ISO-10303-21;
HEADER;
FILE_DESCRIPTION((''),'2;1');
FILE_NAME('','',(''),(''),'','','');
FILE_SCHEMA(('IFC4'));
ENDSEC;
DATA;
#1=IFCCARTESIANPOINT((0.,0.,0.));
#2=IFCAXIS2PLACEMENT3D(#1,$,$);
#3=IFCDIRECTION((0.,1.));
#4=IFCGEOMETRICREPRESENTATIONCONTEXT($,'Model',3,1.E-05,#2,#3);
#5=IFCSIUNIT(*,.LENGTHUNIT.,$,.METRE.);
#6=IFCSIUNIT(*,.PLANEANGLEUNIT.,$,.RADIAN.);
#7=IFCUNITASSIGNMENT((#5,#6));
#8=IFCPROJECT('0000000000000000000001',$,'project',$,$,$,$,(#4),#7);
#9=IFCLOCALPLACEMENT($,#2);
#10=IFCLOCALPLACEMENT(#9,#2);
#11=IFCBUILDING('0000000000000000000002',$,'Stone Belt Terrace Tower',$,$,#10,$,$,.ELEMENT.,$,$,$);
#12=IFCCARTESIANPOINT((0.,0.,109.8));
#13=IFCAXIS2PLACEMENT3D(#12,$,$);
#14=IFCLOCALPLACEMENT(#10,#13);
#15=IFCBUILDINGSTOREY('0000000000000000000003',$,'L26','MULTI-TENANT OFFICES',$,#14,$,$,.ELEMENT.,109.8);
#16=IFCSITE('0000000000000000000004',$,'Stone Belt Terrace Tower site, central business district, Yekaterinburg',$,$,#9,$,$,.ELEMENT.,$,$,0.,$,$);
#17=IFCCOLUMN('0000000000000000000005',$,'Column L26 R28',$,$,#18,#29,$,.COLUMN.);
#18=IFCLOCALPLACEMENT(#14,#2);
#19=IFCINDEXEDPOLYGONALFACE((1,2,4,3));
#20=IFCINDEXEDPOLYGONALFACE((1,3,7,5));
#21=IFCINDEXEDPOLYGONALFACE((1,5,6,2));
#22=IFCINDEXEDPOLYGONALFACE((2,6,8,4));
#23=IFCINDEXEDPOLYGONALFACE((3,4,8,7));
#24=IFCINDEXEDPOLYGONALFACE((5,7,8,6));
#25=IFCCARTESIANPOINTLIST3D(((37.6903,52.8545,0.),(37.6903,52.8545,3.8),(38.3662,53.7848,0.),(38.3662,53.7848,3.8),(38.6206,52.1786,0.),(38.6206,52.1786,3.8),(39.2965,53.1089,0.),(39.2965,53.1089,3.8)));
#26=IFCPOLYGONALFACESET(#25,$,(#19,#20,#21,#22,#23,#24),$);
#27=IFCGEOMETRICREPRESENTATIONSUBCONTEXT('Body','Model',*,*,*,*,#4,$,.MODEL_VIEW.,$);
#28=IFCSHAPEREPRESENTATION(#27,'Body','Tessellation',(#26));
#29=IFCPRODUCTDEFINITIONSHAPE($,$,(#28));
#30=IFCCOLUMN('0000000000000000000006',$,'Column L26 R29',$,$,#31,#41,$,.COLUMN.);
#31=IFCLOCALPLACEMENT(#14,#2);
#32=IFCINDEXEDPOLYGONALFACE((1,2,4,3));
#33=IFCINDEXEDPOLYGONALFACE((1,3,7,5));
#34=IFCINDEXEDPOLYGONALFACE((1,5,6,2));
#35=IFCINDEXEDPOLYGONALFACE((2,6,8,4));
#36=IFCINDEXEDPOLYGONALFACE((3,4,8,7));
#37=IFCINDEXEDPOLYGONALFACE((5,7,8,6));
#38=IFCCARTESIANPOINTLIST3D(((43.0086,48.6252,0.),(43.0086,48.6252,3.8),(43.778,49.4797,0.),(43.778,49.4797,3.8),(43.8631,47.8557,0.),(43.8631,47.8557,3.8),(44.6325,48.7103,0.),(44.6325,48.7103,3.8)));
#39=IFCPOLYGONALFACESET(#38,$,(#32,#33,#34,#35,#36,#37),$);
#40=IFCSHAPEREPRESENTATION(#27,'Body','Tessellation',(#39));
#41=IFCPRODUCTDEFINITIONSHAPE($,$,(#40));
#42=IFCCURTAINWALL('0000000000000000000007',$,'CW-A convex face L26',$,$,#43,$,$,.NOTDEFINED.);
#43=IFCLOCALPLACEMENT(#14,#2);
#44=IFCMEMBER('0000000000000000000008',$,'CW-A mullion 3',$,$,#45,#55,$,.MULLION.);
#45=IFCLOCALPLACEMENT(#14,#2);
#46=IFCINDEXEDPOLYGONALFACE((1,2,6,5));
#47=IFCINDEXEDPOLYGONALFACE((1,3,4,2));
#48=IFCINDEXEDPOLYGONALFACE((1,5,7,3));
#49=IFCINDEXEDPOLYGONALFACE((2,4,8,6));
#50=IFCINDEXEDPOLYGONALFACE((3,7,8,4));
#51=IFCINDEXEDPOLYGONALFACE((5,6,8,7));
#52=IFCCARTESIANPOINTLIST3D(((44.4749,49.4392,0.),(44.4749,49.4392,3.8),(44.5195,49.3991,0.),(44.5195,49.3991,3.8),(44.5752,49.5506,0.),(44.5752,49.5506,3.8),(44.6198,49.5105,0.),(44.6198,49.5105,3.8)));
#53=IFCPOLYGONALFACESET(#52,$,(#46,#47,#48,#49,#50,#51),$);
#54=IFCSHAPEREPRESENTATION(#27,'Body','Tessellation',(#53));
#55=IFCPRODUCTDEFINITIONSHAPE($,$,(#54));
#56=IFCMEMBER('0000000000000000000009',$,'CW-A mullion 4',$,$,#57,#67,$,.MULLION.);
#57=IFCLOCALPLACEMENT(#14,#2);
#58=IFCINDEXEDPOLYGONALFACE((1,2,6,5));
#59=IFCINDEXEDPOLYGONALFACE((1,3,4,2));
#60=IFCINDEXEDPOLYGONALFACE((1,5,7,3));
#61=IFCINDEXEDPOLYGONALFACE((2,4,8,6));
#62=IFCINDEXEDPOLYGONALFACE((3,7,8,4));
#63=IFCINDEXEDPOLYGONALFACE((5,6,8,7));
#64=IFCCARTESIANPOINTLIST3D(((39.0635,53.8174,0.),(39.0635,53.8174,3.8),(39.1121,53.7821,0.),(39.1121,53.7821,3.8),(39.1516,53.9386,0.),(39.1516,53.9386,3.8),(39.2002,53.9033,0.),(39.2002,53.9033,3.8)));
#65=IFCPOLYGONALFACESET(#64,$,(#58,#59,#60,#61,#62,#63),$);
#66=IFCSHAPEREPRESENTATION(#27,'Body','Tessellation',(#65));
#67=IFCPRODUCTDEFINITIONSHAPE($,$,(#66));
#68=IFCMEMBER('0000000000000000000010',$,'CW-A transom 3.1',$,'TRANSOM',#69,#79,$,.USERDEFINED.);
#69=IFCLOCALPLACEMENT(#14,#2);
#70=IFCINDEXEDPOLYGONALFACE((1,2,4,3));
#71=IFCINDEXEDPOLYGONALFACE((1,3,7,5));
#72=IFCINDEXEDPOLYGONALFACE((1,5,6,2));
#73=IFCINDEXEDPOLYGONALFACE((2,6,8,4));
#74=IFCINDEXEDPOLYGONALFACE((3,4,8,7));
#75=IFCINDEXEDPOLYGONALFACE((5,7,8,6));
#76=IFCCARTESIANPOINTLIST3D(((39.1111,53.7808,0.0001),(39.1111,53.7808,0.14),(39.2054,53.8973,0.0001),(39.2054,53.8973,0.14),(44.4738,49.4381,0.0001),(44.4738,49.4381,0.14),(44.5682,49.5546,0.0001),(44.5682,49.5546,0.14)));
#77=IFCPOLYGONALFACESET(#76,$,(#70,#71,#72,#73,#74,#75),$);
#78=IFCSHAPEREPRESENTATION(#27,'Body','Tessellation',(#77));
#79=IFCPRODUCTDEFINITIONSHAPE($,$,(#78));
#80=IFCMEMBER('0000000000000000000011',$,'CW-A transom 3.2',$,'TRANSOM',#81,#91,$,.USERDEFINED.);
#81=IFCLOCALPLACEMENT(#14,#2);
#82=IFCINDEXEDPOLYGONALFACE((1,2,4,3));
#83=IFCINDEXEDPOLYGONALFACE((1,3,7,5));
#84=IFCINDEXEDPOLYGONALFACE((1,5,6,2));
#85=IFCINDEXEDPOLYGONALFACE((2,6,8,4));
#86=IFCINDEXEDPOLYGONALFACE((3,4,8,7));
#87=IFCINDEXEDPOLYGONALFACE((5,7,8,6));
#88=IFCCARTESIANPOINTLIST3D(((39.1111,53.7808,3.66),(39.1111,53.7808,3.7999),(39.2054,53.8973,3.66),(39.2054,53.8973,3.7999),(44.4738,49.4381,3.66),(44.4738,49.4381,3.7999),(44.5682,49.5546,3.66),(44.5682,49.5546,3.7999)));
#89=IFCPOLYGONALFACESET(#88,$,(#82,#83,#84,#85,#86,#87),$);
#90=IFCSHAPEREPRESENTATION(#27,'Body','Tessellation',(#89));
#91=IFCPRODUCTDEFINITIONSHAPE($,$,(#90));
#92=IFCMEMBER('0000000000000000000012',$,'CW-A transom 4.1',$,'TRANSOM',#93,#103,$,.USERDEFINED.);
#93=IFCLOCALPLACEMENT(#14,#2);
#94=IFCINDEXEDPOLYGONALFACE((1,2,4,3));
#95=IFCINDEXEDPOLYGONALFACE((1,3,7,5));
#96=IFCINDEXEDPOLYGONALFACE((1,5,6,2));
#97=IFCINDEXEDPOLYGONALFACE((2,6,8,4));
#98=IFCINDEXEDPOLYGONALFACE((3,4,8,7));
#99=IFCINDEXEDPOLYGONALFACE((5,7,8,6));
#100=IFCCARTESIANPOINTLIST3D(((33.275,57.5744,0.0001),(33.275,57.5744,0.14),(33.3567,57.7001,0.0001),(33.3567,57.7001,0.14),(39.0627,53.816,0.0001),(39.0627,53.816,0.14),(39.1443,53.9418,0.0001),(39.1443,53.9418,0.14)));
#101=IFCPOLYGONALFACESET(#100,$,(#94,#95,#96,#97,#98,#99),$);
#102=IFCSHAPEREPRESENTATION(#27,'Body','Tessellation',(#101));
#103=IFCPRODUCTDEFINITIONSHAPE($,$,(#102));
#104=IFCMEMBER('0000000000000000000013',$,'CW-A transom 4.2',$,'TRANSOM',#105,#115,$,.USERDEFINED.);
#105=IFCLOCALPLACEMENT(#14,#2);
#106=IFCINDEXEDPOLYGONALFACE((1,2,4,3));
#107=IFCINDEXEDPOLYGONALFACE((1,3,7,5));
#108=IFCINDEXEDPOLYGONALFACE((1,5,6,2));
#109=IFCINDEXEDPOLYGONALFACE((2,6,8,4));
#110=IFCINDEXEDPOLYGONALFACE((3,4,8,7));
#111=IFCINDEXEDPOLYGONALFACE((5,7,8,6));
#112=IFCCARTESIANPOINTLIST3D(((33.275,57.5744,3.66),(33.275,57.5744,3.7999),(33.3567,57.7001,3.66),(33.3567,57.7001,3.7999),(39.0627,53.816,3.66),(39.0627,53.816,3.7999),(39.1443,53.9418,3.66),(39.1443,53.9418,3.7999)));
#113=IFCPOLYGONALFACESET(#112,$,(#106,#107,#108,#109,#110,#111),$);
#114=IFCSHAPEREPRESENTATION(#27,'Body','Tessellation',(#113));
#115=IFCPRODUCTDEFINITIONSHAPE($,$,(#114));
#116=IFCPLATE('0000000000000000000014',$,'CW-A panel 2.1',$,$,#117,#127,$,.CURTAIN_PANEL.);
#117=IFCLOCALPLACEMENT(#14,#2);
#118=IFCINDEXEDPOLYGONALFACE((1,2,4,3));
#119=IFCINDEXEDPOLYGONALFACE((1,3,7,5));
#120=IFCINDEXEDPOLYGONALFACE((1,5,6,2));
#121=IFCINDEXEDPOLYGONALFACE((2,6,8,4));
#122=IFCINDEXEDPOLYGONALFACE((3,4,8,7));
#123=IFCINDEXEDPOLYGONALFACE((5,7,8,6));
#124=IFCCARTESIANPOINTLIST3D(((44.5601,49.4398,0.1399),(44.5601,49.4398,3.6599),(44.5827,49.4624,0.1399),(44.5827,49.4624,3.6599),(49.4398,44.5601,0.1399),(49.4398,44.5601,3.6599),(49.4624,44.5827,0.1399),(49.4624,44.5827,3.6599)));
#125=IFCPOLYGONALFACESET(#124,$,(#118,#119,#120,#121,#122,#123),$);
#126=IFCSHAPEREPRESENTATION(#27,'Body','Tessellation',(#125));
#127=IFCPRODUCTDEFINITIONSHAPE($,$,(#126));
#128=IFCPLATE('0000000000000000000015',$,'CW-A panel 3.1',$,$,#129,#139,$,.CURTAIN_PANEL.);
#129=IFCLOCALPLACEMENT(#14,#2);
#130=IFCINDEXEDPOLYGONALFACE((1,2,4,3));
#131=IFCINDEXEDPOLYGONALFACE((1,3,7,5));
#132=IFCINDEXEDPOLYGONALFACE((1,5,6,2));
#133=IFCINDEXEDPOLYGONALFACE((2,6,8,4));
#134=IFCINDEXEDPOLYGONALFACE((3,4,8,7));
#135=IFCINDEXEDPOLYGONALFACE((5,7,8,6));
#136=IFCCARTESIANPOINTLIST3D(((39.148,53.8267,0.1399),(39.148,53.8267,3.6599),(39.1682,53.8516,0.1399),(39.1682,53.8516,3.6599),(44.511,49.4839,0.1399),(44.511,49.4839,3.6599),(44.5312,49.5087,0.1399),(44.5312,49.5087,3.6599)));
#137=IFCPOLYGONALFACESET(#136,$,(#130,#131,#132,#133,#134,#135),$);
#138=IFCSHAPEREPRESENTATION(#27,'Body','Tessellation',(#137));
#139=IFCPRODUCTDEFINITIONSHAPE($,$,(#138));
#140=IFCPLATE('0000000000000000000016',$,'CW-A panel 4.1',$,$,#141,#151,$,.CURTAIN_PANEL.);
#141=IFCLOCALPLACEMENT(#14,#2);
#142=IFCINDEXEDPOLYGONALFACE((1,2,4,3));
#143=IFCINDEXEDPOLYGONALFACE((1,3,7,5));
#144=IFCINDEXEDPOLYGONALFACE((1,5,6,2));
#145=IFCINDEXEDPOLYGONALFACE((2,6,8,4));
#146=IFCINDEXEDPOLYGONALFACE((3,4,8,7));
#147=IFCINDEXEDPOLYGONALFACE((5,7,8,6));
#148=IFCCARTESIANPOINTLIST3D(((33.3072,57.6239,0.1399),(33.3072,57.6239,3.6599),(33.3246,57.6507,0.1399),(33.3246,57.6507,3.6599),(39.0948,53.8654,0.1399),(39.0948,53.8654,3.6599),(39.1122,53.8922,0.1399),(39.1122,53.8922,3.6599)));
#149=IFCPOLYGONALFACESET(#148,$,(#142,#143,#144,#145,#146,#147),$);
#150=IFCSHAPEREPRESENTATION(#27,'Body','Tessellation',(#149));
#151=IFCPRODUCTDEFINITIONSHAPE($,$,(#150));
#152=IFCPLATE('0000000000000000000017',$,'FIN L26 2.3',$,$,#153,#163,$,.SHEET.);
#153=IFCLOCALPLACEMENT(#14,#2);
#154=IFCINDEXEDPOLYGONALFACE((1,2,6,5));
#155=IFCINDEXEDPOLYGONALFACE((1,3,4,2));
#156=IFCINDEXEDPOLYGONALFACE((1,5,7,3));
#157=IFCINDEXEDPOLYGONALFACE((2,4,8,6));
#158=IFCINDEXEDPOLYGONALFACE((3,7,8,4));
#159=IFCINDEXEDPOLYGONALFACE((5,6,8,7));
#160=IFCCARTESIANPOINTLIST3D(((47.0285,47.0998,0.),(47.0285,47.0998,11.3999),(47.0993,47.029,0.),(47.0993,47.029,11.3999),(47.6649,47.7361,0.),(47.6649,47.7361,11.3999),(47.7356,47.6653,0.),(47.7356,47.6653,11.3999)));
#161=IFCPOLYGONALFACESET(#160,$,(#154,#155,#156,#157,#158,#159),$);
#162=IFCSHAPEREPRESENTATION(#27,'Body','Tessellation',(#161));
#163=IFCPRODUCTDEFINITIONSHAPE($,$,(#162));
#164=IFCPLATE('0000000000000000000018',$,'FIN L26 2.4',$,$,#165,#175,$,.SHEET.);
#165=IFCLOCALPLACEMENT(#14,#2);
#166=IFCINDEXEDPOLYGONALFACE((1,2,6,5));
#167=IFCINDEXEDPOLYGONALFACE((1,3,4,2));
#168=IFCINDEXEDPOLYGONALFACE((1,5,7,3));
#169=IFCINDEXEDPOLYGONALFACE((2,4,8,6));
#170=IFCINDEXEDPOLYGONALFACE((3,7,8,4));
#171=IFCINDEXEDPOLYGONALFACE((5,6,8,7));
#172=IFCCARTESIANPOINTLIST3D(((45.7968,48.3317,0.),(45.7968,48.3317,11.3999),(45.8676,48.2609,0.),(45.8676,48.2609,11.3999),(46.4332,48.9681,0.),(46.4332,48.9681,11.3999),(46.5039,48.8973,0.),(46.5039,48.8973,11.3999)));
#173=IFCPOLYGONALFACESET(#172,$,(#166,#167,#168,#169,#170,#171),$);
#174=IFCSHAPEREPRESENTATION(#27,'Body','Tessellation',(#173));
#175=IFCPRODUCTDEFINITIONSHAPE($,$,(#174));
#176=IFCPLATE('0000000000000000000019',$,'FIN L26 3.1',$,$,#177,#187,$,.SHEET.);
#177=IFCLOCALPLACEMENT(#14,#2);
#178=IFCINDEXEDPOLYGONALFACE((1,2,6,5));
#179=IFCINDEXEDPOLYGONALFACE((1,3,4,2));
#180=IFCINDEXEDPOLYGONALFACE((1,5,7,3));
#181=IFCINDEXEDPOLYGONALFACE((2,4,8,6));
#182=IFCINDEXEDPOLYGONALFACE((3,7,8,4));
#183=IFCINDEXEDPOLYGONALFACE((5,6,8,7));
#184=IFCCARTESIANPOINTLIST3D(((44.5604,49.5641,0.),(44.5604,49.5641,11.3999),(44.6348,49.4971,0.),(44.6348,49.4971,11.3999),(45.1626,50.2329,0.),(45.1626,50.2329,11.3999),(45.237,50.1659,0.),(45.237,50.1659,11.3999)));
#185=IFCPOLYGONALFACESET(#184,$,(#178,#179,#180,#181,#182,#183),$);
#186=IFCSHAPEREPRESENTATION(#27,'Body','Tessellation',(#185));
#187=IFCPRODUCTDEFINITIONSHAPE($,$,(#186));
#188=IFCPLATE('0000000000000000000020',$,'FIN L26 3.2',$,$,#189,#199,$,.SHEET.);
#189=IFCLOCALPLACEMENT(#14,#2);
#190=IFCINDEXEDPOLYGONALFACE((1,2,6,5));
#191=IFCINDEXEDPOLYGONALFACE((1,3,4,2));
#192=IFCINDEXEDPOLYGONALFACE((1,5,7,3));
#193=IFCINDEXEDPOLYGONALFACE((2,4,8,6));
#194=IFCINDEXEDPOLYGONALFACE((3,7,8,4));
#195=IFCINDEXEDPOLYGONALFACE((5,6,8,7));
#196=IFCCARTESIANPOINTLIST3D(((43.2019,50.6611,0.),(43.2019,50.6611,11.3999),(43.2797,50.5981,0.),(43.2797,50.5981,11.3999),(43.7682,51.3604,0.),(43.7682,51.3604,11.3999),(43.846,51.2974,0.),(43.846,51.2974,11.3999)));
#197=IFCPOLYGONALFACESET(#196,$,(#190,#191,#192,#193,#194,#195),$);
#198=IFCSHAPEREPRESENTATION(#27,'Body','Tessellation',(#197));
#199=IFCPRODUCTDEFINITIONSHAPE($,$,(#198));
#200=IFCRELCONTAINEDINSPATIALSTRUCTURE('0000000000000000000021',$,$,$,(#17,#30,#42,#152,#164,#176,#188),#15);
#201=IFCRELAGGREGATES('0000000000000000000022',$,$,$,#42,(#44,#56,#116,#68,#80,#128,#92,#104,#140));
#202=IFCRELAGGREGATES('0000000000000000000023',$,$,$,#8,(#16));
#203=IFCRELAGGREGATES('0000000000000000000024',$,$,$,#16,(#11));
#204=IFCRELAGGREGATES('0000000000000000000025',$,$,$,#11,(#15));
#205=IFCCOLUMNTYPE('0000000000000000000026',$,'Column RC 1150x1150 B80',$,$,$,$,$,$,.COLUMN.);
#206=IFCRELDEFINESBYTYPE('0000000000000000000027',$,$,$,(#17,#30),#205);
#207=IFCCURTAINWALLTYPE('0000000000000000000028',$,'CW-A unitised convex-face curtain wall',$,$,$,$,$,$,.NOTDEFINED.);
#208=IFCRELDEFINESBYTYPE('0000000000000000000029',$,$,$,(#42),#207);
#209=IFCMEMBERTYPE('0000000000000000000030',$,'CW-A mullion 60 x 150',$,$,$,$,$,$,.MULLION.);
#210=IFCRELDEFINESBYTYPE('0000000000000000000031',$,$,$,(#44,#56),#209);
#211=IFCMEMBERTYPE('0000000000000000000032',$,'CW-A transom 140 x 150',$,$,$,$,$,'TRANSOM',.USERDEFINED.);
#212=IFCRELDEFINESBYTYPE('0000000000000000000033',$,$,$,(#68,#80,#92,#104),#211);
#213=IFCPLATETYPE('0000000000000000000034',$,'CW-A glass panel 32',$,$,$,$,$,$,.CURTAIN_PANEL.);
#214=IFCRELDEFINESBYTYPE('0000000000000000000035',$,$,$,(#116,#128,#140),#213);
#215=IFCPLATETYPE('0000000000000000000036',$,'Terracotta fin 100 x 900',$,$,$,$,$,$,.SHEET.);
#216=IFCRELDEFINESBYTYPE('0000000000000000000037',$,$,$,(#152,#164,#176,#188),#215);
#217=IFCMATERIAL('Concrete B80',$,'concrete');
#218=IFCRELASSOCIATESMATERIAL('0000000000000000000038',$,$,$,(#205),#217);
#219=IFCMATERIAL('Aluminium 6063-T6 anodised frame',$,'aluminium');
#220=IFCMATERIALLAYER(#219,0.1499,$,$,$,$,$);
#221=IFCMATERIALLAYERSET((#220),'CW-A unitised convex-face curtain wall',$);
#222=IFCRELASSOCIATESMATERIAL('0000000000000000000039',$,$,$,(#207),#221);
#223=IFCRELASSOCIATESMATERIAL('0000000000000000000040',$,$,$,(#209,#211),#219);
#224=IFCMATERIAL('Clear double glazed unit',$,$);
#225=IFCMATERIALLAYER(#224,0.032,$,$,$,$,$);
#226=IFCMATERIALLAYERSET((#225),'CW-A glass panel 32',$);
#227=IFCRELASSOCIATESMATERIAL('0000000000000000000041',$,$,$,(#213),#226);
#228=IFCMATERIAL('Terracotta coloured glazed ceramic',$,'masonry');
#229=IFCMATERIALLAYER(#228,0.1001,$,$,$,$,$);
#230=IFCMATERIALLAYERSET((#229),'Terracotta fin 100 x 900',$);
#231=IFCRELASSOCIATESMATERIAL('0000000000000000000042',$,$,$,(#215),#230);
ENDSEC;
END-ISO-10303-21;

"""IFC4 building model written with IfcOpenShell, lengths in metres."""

from ifc_helpers import new_model, si_unit, direction, frame, origin, origin_2d, place, context, subcontext, project, spatial, rectangle, extrude, material, layer, layer_set, material_profile, profile_set, type_object, element, aggregate, save


model = new_model("IFC4")

# Units and contexts
model_context = context("Model", 3, precision=1e-05, world=origin(), true_north=direction((0.0, 1.0)))
body_context = subcontext(model_context, "Body", "Model", "MODEL_VIEW")
ifc_project = project(units=[si_unit("LENGTHUNIT", "METRE"), si_unit("PLANEANGLEUNIT", "RADIAN")], contexts=[model_context])

# Site, building, storey
site_placement = place(None, origin())
site = spatial("IfcSite", under=ifc_project, at=site_placement, Name="Stone Belt Terrace Tower site, central business district, Yekaterinburg", CompositionType="ELEMENT", RefElevation=0.0)
building_placement = place(site_placement, origin())
building = spatial("IfcBuilding", under=site, at=building_placement, Name="Stone Belt Terrace Tower", CompositionType="ELEMENT")
storey_placement = place(building_placement, frame((0.0, 0.0, 109.8)))
storey = spatial("IfcBuildingStorey", under=building, at=storey_placement, Name="L26", Description="MULTI-TENANT OFFICES", CompositionType="ELEMENT", Elevation=109.8)

# Columns
ifc_material_1 = material(Name="Concrete B80", Category="concrete")
ifc_material_profile_1 = material_profile(ifc_material_1, rectangle(XDim=1.1499, YDim=1.1499, at=origin_2d()), Name="RC 1150x1150")
ifc_profile_set_1 = profile_set([ifc_material_profile_1], Name="Concrete B80")
column_type = type_object("IfcColumnType", Name="Column RC 1150x1150 B80", PredefinedType="COLUMN", material=ifc_profile_set_1)
for number, where, z_axis, x_axis, name in (
    (1, (38.4934, 52.9817, 0.0), (0.0, 0.0, 1.0), (0.809017, -0.587785, 0.0), "Column L26 R28"),
    (2, (43.8206, 48.6677, 0.0), (0.0, 0.0, 1.0), (0.743145, -0.669131, 0.0), "Column L26 R29"),
):
    element("IfcColumn", number, at=place(storey_placement, frame(where, z_axis=z_axis, x_axis=x_axis)), inside=storey, type_object=column_type, Name=name, PredefinedType="COLUMN", context=body_context, shape_type="SweptSolid", body=[
        extrude(rectangle(XDim=1.1499, YDim=1.1499, at=origin_2d()), origin(), (0.0, 0.0, 1.0), 3.8),
    ])

# Curtain wall, members, plates
ifc_material_2 = material(Name="Aluminium 6063-T6 anodised frame", Category="aluminium")
ifc_layer_1 = layer(ifc_material_2, 0.1499)
ifc_layer_set_1 = layer_set([ifc_layer_1], Name="CW-A unitised convex-face curtain wall")
curtain_wall_type = type_object("IfcCurtainWallType", Name="CW-A unitised convex-face curtain wall", PredefinedType="NOTDEFINED", material=ifc_layer_set_1)
curtain_wall_placement = place(storey_placement, origin())
curtain_wall = element("IfcCurtainWall", 3, at=curtain_wall_placement, inside=storey, type_object=curtain_wall_type, Name="CW-A convex face L26", PredefinedType="NOTDEFINED")
ifc_material_profile_2 = material_profile(ifc_material_2, rectangle(XDim=0.1499, YDim=0.0601, at=origin_2d()), Name="Aluminium 6063-T6 60x150")
ifc_profile_set_2 = profile_set([ifc_material_profile_2], Name="Aluminium 6063-T6 anodised frame")
member_type_1 = type_object("IfcMemberType", Name="CW-A mullion 60 x 150", PredefinedType="MULLION", material=ifc_profile_set_2)
member_1_placement = place(storey_placement, frame((44.5474, 49.4749, 0.0), z_axis=(0.0, 0.0, 1.0), x_axis=(-0.669131, -0.743145, 0.0)))
member_1 = element("IfcMember", 4, at=member_1_placement, type_object=member_type_1, Name="CW-A mullion 3", PredefinedType="MULLION", context=body_context, shape_type="SweptSolid", body=[
    extrude(rectangle(XDim=0.1499, YDim=0.0601, at=origin_2d()), origin(), (0.0, 0.0, 1.0), 3.8),
])
member_2_placement = place(storey_placement, frame((39.1318, 53.8604, 0.0), z_axis=(0.0, 0.0, 1.0), x_axis=(-0.587785, -0.809017, 0.0)))
member_2 = element("IfcMember", 5, at=member_2_placement, type_object=member_type_1, Name="CW-A mullion 4", PredefinedType="MULLION", context=body_context, shape_type="SweptSolid", body=[
    extrude(rectangle(XDim=0.1499, YDim=0.0601, at=origin_2d()), origin(), (0.0, 0.0, 1.0), 3.8),
])
ifc_material_profile_3 = material_profile(ifc_material_2, rectangle(XDim=0.1499, YDim=0.1399, at=origin_2d()), Name="Aluminium 6063-T6 150x140")
ifc_profile_set_3 = profile_set([ifc_material_profile_3], Name="Aluminium 6063-T6 anodised frame")
member_type_2 = type_object("IfcMemberType", Name="CW-A transom 140 x 150", ElementType="TRANSOM", PredefinedType="USERDEFINED", material=ifc_profile_set_3)
member_3_placement = place(storey_placement, frame((44.521, 49.4963, 0.0701), z_axis=(-0.777141, 0.629326, 0.0), x_axis=(-0.629326, -0.777141, 0.0)))
member_3 = element("IfcMember", 6, at=member_3_placement, type_object=member_type_2, Name="CW-A transom 3.1", ObjectType="TRANSOM", PredefinedType="USERDEFINED", context=body_context, shape_type="SweptSolid", body=[
    extrude(rectangle(XDim=0.1499, YDim=0.1399, at=origin_2d()), origin(), (0.0, 0.0, 1.0), 6.9006),
])
member_4_placement = place(storey_placement, frame((44.521, 49.4963, 3.73), z_axis=(-0.777141, 0.629326, 0.0), x_axis=(-0.629326, -0.777141, 0.0)))
member_4 = element("IfcMember", 7, at=member_4_placement, type_object=member_type_2, Name="CW-A transom 3.2", ObjectType="TRANSOM", PredefinedType="USERDEFINED", context=body_context, shape_type="SweptSolid", body=[
    extrude(rectangle(XDim=0.1499, YDim=0.1399, at=origin_2d()), origin(), (0.0, 0.0, 1.0), 6.9006),
])
member_5_placement = place(storey_placement, frame((39.1035, 53.8789, 0.0701), z_axis=(-0.838684, 0.544618, 0.0), x_axis=(-0.544618, -0.838684, 0.0)))
member_5 = element("IfcMember", 8, at=member_5_placement, type_object=member_type_2, Name="CW-A transom 4.1", ObjectType="TRANSOM", PredefinedType="USERDEFINED", context=body_context, shape_type="SweptSolid", body=[
    extrude(rectangle(XDim=0.1499, YDim=0.1399, at=origin_2d()), origin(), (0.0, 0.0, 1.0), 6.9009),
])
member_6_placement = place(storey_placement, frame((39.1035, 53.8789, 3.73), z_axis=(-0.838684, 0.544618, 0.0), x_axis=(-0.544618, -0.838684, 0.0)))
member_6 = element("IfcMember", 9, at=member_6_placement, type_object=member_type_2, Name="CW-A transom 4.2", ObjectType="TRANSOM", PredefinedType="USERDEFINED", context=body_context, shape_type="SweptSolid", body=[
    extrude(rectangle(XDim=0.1499, YDim=0.1399, at=origin_2d()), origin(), (0.0, 0.0, 1.0), 6.9009),
])
ifc_material_3 = material(Name="Clear double glazed unit")
ifc_layer_2 = layer(ifc_material_3, 0.032)
ifc_layer_set_2 = layer_set([ifc_layer_2], Name="CW-A glass panel 32")
plate_type_1 = type_object("IfcPlateType", Name="CW-A glass panel 32", PredefinedType="CURTAIN_PANEL", material=ifc_layer_set_2)
plate_1_placement = place(storey_placement, frame((47.0112, 47.0112, 0.1399), z_axis=(0.0, 0.0, 1.0), x_axis=(-0.707107, 0.707107, 0.0)))
plate_1 = element("IfcPlate", 10, at=plate_1_placement, type_object=plate_type_1, Name="CW-A panel 2.1", PredefinedType="CURTAIN_PANEL", context=body_context, shape_type="SweptSolid", body=[
    extrude(rectangle(XDim=6.9009, YDim=0.032, at=origin_2d()), origin(), (0.0, 0.0, 1.0), 3.52),
])
plate_2_placement = place(storey_placement, frame((41.8396, 51.6677, 0.1399), z_axis=(0.0, 0.0, 1.0), x_axis=(-0.777146, 0.62932, 0.0)))
plate_2 = element("IfcPlate", 11, at=plate_2_placement, type_object=plate_type_1, Name="CW-A panel 3.1", PredefinedType="CURTAIN_PANEL", context=body_context, shape_type="SweptSolid", body=[
    extrude(rectangle(XDim=6.9009, YDim=0.032, at=origin_2d()), origin(), (0.0, 0.0, 1.0), 3.52),
])
plate_3_placement = place(storey_placement, frame((36.2097, 55.7581, 0.1399), z_axis=(0.0, 0.0, 1.0), x_axis=(-0.838671, 0.544639, 0.0)))
plate_3 = element("IfcPlate", 12, at=plate_3_placement, type_object=plate_type_1, Name="CW-A panel 4.1", PredefinedType="CURTAIN_PANEL", context=body_context, shape_type="SweptSolid", body=[
    extrude(rectangle(XDim=6.9009, YDim=0.032, at=origin_2d()), origin(), (0.0, 0.0, 1.0), 3.52),
])
aggregate(curtain_wall, [member_1, member_2, plate_1, member_3, member_4, plate_2, member_5, member_6, plate_3])

# Plates
ifc_material_4 = material(Name="Terracotta coloured glazed ceramic", Category="masonry")
ifc_layer_3 = layer(ifc_material_4, 0.1001)
ifc_layer_set_3 = layer_set([ifc_layer_3], Name="Terracotta fin 100 x 900")
plate_type_2 = type_object("IfcPlateType", Name="Terracotta fin 100 x 900", PredefinedType="SHEET", material=ifc_layer_set_3)
for number, where, z_axis, x_axis, name in (
    (13, (47.3821, 47.3826, 0.0), (0.0, 0.0, 1.0), (0.707107, 0.707107, 0.0), "FIN L26 2.3"),
    (14, (46.1504, 48.6145, 0.0), (0.0, 0.0, 1.0), (0.707107, 0.707107, 0.0), "FIN L26 2.4"),
    (15, (44.8987, 49.865, 0.0), (0.0, 0.0, 1.0), (0.669131, 0.743145, 0.0), "FIN L26 3.1"),
    (16, (43.5239, 50.9792, 0.0), (0.0, 0.0, 1.0), (0.62932, 0.777146, 0.0), "FIN L26 3.2"),
):
    element("IfcPlate", number, at=place(storey_placement, frame(where, z_axis=z_axis, x_axis=x_axis)), inside=storey, type_object=plate_type_2, Name=name, PredefinedType="SHEET", context=body_context, shape_type="SweptSolid", body=[
        extrude(rectangle(XDim=0.8999, YDim=0.1001, at=origin_2d()), origin(), (0.0, 0.0, 1.0), 11.3999),
    ])

save(model, "model.ifc")
